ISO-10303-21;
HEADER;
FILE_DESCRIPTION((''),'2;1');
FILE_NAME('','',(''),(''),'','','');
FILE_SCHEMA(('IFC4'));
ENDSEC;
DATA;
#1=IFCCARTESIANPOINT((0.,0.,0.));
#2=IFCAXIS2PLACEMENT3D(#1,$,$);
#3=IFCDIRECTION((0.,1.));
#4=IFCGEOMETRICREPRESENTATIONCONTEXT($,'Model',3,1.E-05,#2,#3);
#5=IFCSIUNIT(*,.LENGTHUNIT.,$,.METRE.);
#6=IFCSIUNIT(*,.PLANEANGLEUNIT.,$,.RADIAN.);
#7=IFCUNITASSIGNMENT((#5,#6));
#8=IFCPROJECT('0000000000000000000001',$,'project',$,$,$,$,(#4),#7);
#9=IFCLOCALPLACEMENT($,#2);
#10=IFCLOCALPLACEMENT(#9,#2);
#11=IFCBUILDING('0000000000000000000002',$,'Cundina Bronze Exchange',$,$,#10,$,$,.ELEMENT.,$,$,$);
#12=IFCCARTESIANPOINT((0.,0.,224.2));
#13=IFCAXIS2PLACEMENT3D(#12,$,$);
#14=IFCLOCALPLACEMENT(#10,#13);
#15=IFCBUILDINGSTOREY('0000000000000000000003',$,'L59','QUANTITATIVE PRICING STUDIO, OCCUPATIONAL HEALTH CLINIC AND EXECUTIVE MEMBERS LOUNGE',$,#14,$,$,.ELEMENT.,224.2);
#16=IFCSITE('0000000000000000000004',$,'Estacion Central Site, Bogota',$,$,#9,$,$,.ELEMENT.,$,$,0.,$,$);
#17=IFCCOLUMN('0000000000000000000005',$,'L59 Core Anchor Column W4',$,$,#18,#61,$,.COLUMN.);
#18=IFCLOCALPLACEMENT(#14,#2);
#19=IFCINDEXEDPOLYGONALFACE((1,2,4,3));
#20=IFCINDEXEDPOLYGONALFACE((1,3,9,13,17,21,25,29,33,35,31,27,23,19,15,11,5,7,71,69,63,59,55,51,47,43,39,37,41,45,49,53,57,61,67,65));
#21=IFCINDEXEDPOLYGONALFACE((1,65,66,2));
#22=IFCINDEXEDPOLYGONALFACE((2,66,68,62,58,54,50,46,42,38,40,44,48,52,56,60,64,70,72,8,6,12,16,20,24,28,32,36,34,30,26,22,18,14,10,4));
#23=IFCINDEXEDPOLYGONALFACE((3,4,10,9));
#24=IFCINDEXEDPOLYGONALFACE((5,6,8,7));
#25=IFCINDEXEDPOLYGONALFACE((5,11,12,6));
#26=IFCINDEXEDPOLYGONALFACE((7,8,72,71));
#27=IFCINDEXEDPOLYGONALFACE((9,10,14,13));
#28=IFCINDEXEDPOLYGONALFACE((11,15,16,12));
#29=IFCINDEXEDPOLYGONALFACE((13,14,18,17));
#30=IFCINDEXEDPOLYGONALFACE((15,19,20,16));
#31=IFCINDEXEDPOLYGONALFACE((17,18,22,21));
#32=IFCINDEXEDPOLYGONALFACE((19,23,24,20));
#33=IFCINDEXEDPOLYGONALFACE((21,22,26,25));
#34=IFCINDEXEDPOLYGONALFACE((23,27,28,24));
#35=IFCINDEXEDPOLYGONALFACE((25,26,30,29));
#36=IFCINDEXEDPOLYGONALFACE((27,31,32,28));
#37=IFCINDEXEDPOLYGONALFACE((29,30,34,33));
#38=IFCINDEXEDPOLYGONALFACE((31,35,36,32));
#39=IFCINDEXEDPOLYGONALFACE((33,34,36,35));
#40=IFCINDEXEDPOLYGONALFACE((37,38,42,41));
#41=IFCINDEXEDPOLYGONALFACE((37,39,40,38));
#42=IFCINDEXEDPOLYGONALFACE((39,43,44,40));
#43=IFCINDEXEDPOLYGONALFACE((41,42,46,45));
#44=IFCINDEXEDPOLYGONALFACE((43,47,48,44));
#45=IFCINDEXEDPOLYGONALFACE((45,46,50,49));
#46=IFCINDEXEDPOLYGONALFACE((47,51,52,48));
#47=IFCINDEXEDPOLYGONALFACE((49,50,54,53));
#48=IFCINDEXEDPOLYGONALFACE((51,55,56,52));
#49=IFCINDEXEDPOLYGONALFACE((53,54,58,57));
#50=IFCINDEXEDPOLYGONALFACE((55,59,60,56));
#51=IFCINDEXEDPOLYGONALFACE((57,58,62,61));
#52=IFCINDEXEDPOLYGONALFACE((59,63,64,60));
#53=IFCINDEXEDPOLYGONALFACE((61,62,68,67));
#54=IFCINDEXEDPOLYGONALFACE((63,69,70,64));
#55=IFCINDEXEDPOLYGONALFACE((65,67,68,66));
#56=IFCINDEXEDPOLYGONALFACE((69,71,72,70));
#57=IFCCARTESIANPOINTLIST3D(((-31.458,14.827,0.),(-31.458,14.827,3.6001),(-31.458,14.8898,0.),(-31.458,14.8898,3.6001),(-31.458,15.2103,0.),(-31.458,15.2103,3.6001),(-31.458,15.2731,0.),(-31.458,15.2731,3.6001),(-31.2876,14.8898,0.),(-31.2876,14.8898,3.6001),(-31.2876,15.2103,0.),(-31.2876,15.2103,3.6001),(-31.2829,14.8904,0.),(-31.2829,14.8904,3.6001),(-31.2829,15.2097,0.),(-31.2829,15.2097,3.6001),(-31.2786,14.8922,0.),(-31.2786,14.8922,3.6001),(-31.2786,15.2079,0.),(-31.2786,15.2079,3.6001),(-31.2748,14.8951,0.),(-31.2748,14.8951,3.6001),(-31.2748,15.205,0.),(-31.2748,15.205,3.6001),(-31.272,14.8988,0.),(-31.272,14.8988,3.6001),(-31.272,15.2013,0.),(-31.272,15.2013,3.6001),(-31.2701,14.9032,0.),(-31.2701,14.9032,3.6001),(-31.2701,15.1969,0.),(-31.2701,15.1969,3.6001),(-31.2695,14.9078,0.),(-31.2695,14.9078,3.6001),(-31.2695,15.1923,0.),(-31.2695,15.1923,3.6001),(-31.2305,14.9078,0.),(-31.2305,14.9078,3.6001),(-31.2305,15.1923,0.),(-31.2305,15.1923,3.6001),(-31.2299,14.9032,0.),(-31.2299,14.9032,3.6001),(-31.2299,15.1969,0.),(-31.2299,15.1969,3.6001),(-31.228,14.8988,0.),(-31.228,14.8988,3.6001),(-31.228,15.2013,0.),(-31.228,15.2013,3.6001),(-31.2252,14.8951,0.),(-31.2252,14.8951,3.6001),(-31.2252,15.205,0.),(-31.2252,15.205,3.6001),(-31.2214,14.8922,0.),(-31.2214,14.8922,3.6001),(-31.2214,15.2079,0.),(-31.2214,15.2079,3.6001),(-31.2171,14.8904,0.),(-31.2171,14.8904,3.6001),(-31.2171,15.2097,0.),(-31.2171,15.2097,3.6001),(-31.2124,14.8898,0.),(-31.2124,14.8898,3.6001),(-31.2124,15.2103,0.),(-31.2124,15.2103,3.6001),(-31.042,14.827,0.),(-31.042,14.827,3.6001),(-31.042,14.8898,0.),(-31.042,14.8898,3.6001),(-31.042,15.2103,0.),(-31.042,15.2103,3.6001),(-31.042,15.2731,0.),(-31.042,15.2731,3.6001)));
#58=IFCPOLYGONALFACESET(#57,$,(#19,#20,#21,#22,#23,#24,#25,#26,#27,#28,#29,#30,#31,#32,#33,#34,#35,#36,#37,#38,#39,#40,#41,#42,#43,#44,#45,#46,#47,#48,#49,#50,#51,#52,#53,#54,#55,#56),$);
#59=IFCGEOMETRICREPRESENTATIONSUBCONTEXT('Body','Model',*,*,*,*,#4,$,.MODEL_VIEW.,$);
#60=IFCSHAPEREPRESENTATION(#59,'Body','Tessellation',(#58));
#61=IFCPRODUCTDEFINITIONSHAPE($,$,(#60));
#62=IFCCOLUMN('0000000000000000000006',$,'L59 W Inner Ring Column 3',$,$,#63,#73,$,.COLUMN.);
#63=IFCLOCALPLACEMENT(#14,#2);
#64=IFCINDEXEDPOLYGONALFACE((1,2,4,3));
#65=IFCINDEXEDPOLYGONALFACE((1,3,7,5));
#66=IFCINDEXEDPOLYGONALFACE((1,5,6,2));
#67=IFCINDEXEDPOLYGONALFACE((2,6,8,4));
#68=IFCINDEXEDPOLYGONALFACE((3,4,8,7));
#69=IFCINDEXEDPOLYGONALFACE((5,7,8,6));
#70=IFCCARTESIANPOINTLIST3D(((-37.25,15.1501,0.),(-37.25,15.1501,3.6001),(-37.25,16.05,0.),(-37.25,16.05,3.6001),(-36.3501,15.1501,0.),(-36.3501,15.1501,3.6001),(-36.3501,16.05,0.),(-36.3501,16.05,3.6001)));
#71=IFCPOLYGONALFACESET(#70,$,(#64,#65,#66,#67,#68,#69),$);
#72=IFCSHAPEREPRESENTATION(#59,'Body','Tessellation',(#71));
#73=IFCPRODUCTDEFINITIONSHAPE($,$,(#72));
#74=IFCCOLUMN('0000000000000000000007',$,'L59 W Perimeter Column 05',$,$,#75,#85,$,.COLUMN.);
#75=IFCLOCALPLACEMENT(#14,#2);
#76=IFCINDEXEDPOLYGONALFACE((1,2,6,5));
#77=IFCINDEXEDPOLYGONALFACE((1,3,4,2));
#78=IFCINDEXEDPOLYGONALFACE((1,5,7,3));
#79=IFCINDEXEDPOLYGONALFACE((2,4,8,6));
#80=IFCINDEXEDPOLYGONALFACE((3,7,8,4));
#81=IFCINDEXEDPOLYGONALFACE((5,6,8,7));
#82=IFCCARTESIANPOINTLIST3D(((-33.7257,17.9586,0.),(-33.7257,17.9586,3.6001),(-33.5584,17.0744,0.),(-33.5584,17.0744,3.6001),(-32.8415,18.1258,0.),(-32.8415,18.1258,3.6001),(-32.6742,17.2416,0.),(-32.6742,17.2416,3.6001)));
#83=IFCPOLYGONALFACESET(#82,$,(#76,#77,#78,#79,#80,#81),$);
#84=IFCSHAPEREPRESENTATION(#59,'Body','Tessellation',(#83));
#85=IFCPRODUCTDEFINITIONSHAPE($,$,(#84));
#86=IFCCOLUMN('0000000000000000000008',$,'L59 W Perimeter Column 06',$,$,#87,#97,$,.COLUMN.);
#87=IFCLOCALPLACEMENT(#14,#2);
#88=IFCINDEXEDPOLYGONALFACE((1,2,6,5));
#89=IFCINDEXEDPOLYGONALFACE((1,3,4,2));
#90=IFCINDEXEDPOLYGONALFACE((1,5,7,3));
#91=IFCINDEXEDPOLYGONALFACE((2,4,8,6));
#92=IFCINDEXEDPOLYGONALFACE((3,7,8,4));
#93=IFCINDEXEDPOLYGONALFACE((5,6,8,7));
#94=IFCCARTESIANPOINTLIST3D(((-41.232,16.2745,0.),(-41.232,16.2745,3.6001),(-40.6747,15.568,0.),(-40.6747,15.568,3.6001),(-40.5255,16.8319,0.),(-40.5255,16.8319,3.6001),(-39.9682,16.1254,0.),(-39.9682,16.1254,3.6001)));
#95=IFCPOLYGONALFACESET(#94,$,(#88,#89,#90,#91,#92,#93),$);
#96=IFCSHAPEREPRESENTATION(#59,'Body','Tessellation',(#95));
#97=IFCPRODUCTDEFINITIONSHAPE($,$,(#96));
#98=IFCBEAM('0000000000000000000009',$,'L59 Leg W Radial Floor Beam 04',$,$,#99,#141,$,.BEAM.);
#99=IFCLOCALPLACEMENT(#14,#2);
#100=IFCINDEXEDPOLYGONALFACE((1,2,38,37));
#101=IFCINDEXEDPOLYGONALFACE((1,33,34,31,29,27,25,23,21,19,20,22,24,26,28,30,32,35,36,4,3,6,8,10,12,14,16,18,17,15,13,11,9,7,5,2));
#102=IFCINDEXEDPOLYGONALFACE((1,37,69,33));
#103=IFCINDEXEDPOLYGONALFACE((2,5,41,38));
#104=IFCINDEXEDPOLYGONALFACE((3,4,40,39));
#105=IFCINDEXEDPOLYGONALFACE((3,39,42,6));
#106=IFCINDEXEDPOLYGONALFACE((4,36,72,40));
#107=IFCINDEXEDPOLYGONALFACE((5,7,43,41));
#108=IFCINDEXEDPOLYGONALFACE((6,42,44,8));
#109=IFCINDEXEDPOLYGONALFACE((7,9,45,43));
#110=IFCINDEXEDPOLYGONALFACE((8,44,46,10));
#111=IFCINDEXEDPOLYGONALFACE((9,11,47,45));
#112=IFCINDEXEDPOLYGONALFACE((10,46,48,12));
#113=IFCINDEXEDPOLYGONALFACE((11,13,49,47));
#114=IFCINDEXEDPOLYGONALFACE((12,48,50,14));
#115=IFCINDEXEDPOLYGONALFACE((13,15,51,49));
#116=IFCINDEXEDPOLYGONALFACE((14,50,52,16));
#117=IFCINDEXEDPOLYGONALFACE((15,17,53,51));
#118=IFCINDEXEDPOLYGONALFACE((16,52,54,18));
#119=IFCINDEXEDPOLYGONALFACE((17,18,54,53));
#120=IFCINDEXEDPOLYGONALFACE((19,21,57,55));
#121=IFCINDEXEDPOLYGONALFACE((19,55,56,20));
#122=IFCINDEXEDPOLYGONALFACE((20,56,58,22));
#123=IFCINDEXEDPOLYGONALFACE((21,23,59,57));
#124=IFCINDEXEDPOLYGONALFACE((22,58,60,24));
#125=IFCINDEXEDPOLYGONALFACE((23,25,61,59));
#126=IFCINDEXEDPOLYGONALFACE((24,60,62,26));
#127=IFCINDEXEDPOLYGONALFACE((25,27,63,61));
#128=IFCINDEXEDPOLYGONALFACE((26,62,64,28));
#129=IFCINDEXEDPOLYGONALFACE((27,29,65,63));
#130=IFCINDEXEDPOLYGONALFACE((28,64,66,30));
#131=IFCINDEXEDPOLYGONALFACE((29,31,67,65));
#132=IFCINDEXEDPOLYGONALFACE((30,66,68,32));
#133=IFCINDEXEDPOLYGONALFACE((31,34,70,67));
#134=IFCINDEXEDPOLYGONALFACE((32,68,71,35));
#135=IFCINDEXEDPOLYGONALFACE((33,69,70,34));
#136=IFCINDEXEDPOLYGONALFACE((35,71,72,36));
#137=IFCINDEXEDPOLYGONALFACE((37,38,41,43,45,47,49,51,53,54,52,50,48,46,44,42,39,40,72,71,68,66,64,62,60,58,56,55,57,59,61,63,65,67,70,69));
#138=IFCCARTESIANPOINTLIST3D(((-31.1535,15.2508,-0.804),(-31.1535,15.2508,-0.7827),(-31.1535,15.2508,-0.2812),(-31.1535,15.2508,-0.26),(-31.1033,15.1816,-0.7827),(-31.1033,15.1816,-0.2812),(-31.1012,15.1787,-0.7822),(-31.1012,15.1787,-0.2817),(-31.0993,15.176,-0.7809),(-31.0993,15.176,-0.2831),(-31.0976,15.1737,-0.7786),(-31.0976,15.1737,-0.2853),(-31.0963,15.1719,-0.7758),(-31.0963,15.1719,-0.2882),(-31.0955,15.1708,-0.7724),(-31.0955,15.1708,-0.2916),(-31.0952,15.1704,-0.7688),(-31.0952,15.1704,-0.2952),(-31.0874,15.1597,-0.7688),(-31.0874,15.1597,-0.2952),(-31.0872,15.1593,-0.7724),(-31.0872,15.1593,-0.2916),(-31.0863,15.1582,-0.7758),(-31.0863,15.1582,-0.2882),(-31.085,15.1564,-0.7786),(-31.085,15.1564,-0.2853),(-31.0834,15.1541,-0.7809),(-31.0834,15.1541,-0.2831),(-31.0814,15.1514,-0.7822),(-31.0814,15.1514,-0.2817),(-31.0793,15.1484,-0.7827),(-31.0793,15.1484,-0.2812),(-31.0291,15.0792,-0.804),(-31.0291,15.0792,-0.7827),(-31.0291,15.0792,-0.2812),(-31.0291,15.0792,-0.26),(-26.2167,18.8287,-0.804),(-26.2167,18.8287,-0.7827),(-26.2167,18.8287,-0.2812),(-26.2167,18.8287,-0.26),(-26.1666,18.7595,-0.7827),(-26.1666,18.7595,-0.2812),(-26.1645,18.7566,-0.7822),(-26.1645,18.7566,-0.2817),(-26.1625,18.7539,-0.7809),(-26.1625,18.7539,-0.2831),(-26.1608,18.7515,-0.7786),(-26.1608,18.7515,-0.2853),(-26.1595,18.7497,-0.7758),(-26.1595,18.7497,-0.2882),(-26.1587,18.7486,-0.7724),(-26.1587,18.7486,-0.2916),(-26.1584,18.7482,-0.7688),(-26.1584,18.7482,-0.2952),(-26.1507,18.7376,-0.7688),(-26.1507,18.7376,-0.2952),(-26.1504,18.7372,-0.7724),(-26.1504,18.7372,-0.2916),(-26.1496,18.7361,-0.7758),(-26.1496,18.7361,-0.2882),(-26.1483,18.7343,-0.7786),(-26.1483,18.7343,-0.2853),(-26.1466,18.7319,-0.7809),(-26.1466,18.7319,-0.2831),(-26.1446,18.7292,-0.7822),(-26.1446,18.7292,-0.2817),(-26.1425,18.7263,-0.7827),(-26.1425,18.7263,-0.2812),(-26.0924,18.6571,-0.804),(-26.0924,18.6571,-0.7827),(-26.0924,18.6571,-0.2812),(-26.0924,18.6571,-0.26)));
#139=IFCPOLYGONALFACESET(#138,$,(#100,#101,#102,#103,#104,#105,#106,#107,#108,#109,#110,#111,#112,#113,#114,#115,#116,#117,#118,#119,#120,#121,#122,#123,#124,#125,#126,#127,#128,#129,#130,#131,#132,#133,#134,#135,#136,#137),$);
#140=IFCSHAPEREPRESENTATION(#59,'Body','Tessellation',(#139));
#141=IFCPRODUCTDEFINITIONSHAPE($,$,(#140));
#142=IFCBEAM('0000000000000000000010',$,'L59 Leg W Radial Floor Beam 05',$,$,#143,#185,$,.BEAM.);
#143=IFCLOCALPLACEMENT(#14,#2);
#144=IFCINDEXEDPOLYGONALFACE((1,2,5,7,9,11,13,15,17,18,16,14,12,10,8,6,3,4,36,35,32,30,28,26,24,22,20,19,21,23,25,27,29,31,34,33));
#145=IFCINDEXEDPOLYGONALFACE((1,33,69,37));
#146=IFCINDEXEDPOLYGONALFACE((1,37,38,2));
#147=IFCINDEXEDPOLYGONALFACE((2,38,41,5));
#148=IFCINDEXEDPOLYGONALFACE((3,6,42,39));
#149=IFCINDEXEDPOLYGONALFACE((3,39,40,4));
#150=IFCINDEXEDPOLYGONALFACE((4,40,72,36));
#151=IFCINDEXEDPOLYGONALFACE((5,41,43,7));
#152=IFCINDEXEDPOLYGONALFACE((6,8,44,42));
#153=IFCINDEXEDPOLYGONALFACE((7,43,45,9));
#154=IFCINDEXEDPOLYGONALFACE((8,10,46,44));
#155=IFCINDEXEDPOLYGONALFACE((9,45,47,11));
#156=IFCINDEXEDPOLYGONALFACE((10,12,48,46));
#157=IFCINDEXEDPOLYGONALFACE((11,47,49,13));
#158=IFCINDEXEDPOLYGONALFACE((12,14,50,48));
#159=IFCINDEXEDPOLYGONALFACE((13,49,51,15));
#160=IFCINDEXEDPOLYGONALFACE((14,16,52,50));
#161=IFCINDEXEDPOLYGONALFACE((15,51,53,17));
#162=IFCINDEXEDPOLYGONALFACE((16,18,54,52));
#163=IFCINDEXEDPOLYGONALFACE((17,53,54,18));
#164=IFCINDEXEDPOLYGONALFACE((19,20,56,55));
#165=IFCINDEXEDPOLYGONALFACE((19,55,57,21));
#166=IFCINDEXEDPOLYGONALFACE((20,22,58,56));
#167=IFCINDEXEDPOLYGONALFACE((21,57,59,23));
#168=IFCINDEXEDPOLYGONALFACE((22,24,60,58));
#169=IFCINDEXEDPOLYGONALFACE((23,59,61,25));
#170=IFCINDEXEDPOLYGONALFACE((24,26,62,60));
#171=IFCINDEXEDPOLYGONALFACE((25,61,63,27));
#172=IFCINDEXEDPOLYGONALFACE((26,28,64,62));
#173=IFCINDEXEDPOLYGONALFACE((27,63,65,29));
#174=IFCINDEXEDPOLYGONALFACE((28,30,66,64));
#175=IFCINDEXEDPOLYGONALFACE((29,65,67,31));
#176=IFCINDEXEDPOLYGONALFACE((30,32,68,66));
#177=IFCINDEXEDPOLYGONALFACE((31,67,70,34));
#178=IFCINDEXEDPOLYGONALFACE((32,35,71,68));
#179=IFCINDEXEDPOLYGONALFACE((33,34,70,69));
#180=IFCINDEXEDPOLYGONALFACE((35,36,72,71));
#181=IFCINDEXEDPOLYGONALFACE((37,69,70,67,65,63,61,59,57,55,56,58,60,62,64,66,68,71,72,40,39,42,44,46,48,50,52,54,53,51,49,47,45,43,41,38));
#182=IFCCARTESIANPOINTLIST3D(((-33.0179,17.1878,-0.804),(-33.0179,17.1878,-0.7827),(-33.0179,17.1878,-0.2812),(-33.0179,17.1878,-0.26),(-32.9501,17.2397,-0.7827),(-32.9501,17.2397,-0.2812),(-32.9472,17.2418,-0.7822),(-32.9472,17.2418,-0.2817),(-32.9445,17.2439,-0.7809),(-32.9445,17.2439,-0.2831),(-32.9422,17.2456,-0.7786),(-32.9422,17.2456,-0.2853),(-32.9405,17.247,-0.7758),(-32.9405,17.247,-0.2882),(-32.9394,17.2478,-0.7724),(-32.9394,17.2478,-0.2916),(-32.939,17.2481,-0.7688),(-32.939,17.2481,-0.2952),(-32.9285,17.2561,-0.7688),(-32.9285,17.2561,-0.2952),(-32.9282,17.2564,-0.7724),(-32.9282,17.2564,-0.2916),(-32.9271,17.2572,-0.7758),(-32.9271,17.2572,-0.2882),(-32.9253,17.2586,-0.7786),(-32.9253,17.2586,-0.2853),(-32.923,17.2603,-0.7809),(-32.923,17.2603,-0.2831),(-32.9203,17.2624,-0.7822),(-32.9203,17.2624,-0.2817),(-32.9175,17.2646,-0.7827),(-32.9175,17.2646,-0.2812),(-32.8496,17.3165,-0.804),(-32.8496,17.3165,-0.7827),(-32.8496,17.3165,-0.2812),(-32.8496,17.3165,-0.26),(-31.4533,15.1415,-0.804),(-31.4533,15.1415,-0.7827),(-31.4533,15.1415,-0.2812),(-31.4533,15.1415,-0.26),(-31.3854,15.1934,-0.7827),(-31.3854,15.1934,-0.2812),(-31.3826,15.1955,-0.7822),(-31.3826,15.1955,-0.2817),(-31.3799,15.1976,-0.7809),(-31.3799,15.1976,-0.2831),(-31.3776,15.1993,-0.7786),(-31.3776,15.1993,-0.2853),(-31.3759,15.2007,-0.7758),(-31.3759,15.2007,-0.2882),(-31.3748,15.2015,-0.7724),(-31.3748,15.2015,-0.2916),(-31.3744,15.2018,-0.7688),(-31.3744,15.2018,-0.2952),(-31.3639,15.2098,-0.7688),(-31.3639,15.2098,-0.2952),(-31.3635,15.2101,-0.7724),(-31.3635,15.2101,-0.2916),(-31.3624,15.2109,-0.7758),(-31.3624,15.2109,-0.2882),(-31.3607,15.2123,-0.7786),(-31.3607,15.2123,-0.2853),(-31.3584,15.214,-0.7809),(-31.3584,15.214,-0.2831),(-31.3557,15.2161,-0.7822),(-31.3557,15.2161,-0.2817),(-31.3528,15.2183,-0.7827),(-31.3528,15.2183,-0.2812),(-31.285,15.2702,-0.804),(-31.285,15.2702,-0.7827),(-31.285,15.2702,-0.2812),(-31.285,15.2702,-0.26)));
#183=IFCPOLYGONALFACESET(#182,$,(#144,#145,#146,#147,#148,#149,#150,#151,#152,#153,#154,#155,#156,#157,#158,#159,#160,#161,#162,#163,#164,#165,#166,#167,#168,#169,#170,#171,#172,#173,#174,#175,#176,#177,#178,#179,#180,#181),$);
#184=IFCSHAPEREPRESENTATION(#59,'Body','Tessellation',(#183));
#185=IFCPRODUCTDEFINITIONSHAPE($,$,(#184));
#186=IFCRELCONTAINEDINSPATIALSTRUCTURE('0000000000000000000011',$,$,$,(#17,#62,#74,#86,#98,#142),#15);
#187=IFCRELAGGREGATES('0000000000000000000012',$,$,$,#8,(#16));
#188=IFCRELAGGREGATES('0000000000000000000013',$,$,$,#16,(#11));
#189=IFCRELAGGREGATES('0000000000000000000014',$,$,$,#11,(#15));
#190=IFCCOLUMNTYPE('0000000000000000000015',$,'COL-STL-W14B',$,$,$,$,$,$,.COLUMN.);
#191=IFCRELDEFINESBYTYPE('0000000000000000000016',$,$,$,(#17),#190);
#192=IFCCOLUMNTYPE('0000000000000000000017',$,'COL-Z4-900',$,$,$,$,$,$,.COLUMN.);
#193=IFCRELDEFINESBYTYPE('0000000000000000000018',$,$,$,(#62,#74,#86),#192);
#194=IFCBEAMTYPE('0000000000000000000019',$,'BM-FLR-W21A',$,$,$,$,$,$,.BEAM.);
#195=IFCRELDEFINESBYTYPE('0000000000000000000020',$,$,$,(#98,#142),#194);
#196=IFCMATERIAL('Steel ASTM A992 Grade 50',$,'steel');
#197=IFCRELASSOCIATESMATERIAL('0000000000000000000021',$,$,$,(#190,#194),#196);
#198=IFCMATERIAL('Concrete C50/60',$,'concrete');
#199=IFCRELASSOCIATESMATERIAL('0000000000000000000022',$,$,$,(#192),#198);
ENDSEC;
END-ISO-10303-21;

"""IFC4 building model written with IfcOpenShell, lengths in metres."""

from ifc_helpers import new_model, si_unit, direction, frame, origin, origin_2d, place, context, subcontext, project, spatial, rectangle, i_section, extrude, material, material_profile, profile_set, type_object, element, save


model = new_model("IFC4")

# Units and contexts
model_context = context("Model", 3, precision=1e-05, world=origin(), true_north=direction((0.0, 1.0)))
body_context = subcontext(model_context, "Body", "Model", "MODEL_VIEW")
ifc_project = project(units=[si_unit("LENGTHUNIT", "METRE"), si_unit("PLANEANGLEUNIT", "RADIAN")], contexts=[model_context])

# Site, building, storey
site_placement = place(None, origin())
site = spatial("IfcSite", under=ifc_project, at=site_placement, Name="Estacion Central Site, Bogota", CompositionType="ELEMENT", RefElevation=0.0)
building_placement = place(site_placement, origin())
building = spatial("IfcBuilding", under=site, at=building_placement, Name="Cundina Bronze Exchange", CompositionType="ELEMENT")
storey_placement = place(building_placement, frame((0.0, 0.0, 224.2)))
storey = spatial("IfcBuildingStorey", under=building, at=storey_placement, Name="L59", Description="QUANTITATIVE PRICING STUDIO, OCCUPATIONAL HEALTH CLINIC AND EXECUTIVE MEMBERS LOUNGE", CompositionType="ELEMENT", Elevation=224.2)

# Columns
ifc_material_1 = material(Name="Steel ASTM A992 Grade 50", Category="steel")
ifc_material_profile_1 = material_profile(ifc_material_1, i_section(OverallWidth=0.416, OverallDepth=0.446, WebThickness=0.0391, FlangeThickness=0.0627, FilletRadius=0.0181, at=origin_2d()), Name="W14X342", Category="steel")
ifc_profile_set_1 = profile_set([ifc_material_profile_1], Name="Steel ASTM A992 Grade 50")
column_type_1 = type_object("IfcColumnType", Name="COL-STL-W14B", PredefinedType="COLUMN", material=ifc_profile_set_1)
column_placement = place(storey_placement, frame((-31.25, 15.05, 0.0), z_axis=(0.0, 0.0, 1.0), x_axis=(1.0, 0.0, 0.0)))
element("IfcColumn", 1, at=column_placement, inside=storey, type_object=column_type_1, Name="L59 Core Anchor Column W4", PredefinedType="COLUMN", context=body_context, shape_type="SweptSolid", body=[
    extrude(i_section(OverallWidth=0.416, OverallDepth=0.446, WebThickness=0.0391, FlangeThickness=0.0627, FilletRadius=0.0181, at=origin_2d()), origin(), (0.0, 0.0, 1.0), 3.6001),
])
ifc_material_2 = material(Name="Concrete C50/60", Category="concrete")
ifc_material_profile_2 = material_profile(ifc_material_2, rectangle(XDim=0.8999, YDim=0.8999, at=origin_2d()), Name="RC900X900", Category="concrete")
ifc_profile_set_2 = profile_set([ifc_material_profile_2], Name="Concrete C50/60")
column_type_2 = type_object("IfcColumnType", Name="COL-Z4-900", PredefinedType="COLUMN", material=ifc_profile_set_2)
for number, where, z_axis, x_axis, name in (
    (2, (-36.8, 15.6001, 0.0), (0.0, 0.0, 1.0), (1.0, 0.0, 0.0), "L59 W Inner Ring Column 3"),
    (3, (-33.2, 17.6001, 0.0), (0.0, 0.0, 1.0), (-0.98258, -0.185838, 0.0), "L59 W Perimeter Column 05"),
    (4, (-40.6001, 16.2, 0.0), (0.0, 0.0, 1.0), (-0.785101, -0.619368, 0.0), "L59 W Perimeter Column 06"),
):
    element("IfcColumn", number, at=place(storey_placement, frame(where, z_axis=z_axis, x_axis=x_axis)), inside=storey, type_object=column_type_2, Name=name, PredefinedType="COLUMN", context=body_context, shape_type="SweptSolid", body=[
        extrude(rectangle(XDim=0.8999, YDim=0.8999, at=origin_2d()), origin(), (0.0, 0.0, 1.0), 3.6001),
    ])

# Beams
ifc_material_profile_3 = material_profile(ifc_material_1, i_section(OverallWidth=0.2119, OverallDepth=0.5439, WebThickness=0.0132, FlangeThickness=0.0212, FilletRadius=0.0139, at=origin_2d()), Name="W21X83", Category="steel")
ifc_profile_set_3 = profile_set([ifc_material_profile_3], Name="Steel ASTM A992 Grade 50")
beam_type_1 = type_object("IfcBeamType", Name="BM-FLR-W21A", PredefinedType="BEAM", material=ifc_profile_set_3)
beam_1_placement = place(storey_placement, frame((-31.0913, 15.165, -0.532), z_axis=(0.80971, 0.58683, 0.0), x_axis=(-0.58683, 0.80971, 0.0)))
element("IfcBeam", 5, at=beam_1_placement, inside=storey, type_object=beam_type_1, Name="L59 Leg W Radial Floor Beam 04", PredefinedType="BEAM", context=body_context, shape_type="SweptSolid", body=[
    extrude(i_section(OverallWidth=0.2119, OverallDepth=0.5439, WebThickness=0.0132, FlangeThickness=0.0212, FilletRadius=0.0139, at=origin_2d()), origin(), (0.0, 0.0, 1.0), 6.0969),
])
beam_2_placement = place(storey_placement, frame((-31.3691, 15.2058, -0.532), z_axis=(-0.607404, 0.794393, 0.0), x_axis=(-0.794393, -0.607404, 0.0)))
element("IfcBeam", 6, at=beam_2_placement, inside=storey, type_object=beam_type_1, Name="L59 Leg W Radial Floor Beam 05", PredefinedType="BEAM", context=body_context, shape_type="SweptSolid", body=[
    extrude(i_section(OverallWidth=0.2119, OverallDepth=0.5439, WebThickness=0.0132, FlangeThickness=0.0212, FilletRadius=0.0139, at=origin_2d()), origin(), (0.0, 0.0, 1.0), 2.5759),
])

save(model, "model.ifc")
